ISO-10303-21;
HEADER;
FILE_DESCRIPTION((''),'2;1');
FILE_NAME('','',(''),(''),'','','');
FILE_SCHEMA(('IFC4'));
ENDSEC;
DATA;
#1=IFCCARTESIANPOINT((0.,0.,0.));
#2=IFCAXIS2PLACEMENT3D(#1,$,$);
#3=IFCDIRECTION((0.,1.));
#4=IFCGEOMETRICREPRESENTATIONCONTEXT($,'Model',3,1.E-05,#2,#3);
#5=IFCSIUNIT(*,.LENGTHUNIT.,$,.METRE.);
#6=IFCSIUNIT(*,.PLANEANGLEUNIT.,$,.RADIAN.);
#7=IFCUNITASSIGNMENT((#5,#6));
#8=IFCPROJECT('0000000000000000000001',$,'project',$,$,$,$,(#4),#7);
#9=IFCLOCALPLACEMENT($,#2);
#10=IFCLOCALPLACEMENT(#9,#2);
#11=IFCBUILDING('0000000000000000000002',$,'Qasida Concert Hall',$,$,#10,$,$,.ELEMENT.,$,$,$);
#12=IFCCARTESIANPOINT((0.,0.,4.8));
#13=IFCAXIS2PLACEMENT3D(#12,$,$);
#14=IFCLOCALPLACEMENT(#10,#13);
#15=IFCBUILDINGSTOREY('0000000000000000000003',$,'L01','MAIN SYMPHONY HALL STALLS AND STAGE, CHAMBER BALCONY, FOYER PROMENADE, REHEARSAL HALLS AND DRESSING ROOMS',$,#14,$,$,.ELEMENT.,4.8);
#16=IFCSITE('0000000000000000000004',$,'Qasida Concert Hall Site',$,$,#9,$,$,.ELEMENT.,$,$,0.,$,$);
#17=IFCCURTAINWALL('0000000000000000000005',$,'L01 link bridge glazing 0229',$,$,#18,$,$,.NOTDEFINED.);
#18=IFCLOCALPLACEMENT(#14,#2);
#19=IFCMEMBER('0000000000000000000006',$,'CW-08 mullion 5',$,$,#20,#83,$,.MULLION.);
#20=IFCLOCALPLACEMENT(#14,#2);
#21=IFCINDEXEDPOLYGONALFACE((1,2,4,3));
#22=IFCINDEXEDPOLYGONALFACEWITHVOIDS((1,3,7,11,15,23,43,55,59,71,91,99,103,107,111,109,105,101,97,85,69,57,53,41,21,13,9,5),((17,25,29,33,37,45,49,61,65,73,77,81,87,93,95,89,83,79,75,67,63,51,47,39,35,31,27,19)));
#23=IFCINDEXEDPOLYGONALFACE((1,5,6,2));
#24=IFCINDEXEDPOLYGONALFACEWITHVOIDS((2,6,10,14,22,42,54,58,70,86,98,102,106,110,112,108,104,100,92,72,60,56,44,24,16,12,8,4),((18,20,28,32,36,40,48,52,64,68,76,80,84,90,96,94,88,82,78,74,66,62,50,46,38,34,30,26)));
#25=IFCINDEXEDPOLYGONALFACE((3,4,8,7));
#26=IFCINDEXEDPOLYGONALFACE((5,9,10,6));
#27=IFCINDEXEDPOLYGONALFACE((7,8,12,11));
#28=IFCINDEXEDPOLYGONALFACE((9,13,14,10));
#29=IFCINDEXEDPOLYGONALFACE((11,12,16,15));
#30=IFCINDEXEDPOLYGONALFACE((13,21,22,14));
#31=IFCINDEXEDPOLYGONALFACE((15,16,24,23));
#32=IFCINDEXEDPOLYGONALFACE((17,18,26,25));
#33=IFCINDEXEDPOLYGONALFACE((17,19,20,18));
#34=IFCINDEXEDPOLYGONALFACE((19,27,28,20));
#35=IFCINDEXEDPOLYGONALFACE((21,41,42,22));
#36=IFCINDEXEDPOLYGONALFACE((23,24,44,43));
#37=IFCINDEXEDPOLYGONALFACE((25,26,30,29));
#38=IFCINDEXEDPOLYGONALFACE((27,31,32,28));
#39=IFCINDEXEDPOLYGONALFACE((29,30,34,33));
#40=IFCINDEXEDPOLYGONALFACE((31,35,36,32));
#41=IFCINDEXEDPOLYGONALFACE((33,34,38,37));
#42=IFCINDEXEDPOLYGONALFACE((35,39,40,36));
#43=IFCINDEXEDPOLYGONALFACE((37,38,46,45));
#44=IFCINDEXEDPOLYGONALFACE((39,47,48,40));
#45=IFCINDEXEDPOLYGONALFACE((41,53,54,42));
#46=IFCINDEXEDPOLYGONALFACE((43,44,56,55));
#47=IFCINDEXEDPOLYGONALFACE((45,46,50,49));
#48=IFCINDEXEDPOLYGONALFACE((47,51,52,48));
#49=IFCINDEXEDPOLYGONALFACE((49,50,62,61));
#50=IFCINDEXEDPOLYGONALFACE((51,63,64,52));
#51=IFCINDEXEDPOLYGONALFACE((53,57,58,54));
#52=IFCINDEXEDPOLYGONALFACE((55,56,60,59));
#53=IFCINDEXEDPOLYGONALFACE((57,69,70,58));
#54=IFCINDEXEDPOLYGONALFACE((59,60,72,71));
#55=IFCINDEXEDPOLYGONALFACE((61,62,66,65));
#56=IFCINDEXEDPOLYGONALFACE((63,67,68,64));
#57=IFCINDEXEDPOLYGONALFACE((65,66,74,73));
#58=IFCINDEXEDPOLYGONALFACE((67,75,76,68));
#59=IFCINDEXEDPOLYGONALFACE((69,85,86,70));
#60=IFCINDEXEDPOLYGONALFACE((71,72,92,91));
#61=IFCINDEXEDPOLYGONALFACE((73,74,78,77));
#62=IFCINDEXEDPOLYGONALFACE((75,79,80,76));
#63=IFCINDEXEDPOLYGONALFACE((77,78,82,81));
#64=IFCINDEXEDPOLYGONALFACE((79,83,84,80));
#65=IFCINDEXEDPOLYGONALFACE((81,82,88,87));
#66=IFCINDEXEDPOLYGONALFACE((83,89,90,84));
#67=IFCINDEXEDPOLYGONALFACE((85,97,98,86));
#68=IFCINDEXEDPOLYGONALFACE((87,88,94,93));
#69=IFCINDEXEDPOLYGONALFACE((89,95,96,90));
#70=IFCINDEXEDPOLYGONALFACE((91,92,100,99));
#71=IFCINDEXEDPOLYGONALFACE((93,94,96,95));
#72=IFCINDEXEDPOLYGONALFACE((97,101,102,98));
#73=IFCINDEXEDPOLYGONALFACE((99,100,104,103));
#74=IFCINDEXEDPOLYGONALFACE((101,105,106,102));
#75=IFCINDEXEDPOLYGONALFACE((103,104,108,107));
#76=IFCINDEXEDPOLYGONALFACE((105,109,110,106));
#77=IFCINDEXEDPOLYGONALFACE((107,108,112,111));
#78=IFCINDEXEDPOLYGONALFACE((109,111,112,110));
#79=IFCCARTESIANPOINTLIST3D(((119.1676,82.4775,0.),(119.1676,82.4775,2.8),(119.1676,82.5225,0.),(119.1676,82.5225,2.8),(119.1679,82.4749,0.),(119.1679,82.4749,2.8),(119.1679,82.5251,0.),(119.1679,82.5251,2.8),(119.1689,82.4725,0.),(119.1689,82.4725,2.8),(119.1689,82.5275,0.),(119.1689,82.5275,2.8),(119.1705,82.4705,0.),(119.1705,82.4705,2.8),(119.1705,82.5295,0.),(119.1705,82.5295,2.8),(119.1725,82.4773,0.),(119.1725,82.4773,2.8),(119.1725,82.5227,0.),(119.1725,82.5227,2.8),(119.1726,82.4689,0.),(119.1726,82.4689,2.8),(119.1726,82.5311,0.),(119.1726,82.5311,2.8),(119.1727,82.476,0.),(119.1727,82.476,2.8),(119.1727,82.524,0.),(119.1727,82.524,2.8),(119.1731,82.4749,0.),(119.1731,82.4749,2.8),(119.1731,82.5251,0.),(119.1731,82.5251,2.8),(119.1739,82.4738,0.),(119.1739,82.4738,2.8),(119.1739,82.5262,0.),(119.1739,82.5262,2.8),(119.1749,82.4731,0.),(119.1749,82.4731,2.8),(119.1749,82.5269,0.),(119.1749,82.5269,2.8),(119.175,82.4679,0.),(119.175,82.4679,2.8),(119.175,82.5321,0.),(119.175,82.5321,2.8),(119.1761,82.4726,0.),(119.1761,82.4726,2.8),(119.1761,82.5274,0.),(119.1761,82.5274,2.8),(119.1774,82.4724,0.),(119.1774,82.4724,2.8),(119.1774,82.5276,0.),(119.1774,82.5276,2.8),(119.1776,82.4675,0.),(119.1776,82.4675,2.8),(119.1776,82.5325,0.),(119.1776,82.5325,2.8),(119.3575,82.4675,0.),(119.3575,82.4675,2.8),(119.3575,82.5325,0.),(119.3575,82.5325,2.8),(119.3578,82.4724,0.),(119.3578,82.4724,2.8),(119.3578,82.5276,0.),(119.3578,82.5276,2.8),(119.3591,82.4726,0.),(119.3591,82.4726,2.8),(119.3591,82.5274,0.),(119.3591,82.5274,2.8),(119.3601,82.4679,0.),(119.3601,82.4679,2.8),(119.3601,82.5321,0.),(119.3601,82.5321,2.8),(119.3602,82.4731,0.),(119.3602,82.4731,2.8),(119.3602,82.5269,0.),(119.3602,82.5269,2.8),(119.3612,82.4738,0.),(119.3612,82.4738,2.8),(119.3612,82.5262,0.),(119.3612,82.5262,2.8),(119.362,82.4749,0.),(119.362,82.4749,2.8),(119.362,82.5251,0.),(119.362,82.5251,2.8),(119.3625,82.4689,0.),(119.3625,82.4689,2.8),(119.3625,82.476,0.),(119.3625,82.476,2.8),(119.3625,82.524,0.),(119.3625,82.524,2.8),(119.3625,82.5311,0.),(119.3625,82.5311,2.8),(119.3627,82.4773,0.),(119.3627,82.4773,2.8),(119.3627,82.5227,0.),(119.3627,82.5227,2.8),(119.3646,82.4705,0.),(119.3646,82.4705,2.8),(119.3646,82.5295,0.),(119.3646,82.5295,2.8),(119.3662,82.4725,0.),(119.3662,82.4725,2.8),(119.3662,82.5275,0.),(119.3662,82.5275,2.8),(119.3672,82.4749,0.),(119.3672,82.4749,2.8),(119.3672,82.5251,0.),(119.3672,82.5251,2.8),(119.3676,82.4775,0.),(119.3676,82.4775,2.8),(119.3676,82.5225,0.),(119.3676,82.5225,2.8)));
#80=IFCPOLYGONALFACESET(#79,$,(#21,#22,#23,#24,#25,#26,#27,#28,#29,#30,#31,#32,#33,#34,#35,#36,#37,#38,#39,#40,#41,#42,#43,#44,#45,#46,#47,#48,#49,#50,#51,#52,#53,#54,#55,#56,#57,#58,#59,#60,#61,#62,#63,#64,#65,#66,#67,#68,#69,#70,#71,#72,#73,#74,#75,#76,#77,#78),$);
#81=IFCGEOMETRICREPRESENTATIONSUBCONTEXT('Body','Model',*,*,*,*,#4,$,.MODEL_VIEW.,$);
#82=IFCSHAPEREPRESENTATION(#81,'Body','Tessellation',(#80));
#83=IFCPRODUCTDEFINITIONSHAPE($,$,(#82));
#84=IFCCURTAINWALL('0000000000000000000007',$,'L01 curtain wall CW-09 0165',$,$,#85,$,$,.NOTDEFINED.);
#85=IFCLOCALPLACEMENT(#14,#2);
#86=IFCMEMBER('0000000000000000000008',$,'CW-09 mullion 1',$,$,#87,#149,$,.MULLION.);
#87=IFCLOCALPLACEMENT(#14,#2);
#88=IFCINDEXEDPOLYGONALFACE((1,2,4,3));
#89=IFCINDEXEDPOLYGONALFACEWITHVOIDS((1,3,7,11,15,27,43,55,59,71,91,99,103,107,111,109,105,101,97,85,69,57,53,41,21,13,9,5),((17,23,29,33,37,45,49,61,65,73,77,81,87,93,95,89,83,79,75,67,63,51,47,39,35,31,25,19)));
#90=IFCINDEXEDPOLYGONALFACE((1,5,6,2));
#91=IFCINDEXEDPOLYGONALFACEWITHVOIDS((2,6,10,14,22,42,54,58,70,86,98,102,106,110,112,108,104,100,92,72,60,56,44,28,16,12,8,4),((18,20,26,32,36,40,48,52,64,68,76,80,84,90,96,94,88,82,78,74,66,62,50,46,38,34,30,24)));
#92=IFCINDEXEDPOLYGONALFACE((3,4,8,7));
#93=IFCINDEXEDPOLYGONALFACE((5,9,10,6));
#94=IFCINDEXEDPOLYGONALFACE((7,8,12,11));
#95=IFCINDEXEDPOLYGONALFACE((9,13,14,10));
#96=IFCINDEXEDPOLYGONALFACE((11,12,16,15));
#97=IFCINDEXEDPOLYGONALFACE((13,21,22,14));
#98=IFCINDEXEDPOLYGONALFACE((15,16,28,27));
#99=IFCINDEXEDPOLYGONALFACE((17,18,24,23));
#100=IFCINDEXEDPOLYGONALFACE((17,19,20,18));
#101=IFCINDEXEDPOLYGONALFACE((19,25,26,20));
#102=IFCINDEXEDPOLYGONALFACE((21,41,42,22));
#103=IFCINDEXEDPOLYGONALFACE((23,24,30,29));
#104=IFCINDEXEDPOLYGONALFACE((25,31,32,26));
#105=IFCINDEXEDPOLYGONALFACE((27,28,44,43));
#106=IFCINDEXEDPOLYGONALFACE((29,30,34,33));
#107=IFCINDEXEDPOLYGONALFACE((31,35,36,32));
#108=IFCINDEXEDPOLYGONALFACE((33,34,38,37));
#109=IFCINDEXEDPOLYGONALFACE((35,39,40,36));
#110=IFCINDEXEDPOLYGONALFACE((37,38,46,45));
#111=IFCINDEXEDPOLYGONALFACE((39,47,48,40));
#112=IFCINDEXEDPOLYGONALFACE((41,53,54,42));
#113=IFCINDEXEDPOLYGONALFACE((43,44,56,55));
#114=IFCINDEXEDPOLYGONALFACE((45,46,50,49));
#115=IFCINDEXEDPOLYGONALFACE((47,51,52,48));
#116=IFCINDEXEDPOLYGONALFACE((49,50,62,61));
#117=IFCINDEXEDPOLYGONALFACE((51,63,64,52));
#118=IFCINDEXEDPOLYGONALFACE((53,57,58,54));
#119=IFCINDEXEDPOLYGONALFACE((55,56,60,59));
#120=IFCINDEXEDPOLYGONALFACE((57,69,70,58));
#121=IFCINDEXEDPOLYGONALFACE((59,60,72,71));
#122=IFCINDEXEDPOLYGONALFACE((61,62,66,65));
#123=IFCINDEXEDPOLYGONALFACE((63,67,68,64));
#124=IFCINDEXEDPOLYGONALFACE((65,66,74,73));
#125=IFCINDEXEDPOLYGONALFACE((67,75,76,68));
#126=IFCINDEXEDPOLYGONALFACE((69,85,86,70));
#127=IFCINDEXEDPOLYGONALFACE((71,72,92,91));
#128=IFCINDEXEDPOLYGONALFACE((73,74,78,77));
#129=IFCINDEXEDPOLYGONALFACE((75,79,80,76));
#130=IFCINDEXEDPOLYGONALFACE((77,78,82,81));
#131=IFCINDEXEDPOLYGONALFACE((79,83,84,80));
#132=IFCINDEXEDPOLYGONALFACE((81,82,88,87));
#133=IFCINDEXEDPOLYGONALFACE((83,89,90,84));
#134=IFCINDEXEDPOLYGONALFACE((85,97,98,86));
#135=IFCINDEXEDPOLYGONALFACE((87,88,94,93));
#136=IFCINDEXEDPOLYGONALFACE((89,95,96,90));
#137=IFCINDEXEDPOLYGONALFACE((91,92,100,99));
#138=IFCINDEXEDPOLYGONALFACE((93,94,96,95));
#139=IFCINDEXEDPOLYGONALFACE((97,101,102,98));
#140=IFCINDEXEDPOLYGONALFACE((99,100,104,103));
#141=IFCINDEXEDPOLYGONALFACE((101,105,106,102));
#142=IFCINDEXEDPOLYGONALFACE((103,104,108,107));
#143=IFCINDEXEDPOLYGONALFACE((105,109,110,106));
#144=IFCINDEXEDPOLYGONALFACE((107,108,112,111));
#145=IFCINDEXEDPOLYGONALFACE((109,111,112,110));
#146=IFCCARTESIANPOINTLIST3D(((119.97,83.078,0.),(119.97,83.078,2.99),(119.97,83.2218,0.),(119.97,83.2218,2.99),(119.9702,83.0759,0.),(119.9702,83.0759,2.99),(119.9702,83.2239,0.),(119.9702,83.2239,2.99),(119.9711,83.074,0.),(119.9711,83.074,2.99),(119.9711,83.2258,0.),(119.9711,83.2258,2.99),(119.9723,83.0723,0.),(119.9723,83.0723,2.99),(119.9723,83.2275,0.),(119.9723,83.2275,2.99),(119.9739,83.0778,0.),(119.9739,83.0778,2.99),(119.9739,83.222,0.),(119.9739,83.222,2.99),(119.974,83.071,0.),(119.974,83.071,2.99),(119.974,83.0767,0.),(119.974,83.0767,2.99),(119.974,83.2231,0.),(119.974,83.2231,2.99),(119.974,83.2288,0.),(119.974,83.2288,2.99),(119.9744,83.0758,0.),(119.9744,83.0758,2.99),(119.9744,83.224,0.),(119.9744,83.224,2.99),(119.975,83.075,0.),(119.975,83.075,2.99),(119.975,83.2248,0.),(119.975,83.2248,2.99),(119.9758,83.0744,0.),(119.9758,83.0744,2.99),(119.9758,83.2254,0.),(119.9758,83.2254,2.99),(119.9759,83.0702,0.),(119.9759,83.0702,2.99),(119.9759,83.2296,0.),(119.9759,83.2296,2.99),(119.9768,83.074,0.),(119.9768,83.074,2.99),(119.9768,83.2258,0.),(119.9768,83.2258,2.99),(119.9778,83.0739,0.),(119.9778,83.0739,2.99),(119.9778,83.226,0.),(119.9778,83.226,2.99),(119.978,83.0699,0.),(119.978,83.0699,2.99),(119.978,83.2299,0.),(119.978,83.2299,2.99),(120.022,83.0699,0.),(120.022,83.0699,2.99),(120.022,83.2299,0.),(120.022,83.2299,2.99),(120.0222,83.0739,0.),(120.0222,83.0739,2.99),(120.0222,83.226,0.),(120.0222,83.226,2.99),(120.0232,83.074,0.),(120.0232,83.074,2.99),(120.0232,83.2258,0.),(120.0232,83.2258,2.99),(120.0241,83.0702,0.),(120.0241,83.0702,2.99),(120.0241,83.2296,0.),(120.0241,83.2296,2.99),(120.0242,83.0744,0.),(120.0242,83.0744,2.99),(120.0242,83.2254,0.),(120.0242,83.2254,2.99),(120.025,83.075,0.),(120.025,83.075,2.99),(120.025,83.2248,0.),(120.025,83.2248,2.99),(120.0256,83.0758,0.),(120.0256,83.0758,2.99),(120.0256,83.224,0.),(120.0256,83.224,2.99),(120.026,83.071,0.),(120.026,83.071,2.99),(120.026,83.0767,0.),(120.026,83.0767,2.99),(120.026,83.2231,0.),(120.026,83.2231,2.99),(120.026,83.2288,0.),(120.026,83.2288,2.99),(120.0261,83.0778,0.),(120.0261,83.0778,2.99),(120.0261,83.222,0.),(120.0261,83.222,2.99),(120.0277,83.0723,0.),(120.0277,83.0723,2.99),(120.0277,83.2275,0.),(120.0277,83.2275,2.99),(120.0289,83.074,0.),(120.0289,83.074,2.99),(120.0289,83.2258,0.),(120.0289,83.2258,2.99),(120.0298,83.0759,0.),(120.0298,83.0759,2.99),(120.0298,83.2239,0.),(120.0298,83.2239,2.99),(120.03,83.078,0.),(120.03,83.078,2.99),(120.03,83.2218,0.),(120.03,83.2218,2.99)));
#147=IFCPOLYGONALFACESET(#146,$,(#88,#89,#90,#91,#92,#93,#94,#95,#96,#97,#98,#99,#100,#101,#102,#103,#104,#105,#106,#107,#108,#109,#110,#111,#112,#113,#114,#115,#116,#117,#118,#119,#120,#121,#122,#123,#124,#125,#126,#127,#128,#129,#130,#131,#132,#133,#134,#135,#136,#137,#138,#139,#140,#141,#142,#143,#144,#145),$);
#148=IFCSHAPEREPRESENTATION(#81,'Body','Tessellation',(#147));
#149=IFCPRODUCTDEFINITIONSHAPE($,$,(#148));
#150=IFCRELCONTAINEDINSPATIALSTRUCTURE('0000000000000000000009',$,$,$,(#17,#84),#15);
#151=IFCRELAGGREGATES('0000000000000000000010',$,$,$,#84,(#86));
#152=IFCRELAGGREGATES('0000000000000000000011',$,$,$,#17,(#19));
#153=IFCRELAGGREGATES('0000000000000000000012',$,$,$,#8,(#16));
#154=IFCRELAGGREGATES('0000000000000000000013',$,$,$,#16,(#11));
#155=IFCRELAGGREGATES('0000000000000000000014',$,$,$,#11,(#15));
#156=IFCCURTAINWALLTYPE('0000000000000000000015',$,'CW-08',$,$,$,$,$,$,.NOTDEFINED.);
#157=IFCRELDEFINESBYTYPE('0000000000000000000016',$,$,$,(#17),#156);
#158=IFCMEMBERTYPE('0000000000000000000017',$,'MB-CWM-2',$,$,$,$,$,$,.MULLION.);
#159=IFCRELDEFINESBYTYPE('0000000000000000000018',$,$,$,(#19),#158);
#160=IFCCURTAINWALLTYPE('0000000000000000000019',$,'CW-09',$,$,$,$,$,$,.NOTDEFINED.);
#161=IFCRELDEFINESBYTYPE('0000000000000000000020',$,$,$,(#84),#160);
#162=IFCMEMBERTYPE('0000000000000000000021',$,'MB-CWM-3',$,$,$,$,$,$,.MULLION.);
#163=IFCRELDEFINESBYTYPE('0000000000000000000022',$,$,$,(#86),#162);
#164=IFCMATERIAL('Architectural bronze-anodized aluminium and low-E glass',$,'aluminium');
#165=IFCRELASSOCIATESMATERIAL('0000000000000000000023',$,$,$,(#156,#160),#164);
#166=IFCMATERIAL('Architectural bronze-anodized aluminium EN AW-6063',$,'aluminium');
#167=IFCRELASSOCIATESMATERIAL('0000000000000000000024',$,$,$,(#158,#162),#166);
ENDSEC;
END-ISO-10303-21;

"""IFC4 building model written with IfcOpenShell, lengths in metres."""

from ifc_helpers import new_model, si_unit, direction, frame, origin, origin_2d, place, context, subcontext, project, spatial, hollow_rectangle, extrude, material, material_profile, profile_set, type_object, element, aggregate, save


model = new_model("IFC4")

# Units and contexts
model_context = context("Model", 3, precision=1e-05, world=origin(), true_north=direction((0.0, 1.0)))
body_context = subcontext(model_context, "Body", "Model", "MODEL_VIEW")
ifc_project = project(units=[si_unit("LENGTHUNIT", "METRE"), si_unit("PLANEANGLEUNIT", "RADIAN")], contexts=[model_context])

# Site, building, storey
site_placement = place(None, origin())
site = spatial("IfcSite", under=ifc_project, at=site_placement, Name="Qasida Concert Hall Site", CompositionType="ELEMENT", RefElevation=0.0)
building_placement = place(site_placement, origin())
building = spatial("IfcBuilding", under=site, at=building_placement, Name="Qasida Concert Hall", CompositionType="ELEMENT")
storey_placement = place(building_placement, frame((0.0, 0.0, 4.8)))
storey = spatial("IfcBuildingStorey", under=building, at=storey_placement, Name="L01", Description="MAIN SYMPHONY HALL STALLS AND STAGE, CHAMBER BALCONY, FOYER PROMENADE, REHEARSAL HALLS AND DRESSING ROOMS", CompositionType="ELEMENT", Elevation=4.8)

# Curtain wall, member
ifc_material_1 = material(Name="Architectural bronze-anodized aluminium and low-E glass", Category="aluminium")
curtain_wall_type_1 = type_object("IfcCurtainWallType", Name="CW-08", PredefinedType="NOTDEFINED", material=ifc_material_1)
curtain_wall_1_placement = place(storey_placement, origin())
curtain_wall_1 = element("IfcCurtainWall", 1, at=curtain_wall_1_placement, inside=storey, type_object=curtain_wall_type_1, Name="L01 link bridge glazing 0229", PredefinedType="NOTDEFINED")
ifc_material_2 = material(Name="Architectural bronze-anodized aluminium EN AW-6063", Category="aluminium")
ifc_material_profile_1 = material_profile(ifc_material_2, hollow_rectangle(XDim=0.0649, YDim=0.2, WallThickness=0.0049, InnerFilletRadius=0.0049, OuterFilletRadius=0.01, at=origin_2d()), Name="CWM 200x65x5")
ifc_profile_set_1 = profile_set([ifc_material_profile_1], Name="Architectural bronze-anodized aluminium EN AW-6063")
member_type_1 = type_object("IfcMemberType", Name="MB-CWM-2", PredefinedType="MULLION", material=ifc_profile_set_1)
member_1_placement = place(storey_placement, frame((119.2676, 82.5, 0.0), z_axis=(0.0, 0.0, 1.0), x_axis=(0.0, 1.0, 0.0)))
member_1 = element("IfcMember", 2, at=member_1_placement, type_object=member_type_1, Name="CW-08 mullion 5", PredefinedType="MULLION", context=body_context, shape_type="SweptSolid", body=[
    extrude(hollow_rectangle(XDim=0.0649, YDim=0.2, WallThickness=0.0049, InnerFilletRadius=0.0049, OuterFilletRadius=0.01, at=origin_2d()), origin(), (0.0, 0.0, 1.0), 2.8),
])

# Curtain wall, member
curtain_wall_type_2 = type_object("IfcCurtainWallType", Name="CW-09", PredefinedType="NOTDEFINED", material=ifc_material_1)
curtain_wall_2_placement = place(storey_placement, origin())
curtain_wall_2 = element("IfcCurtainWall", 3, at=curtain_wall_2_placement, inside=storey, type_object=curtain_wall_type_2, Name="L01 curtain wall CW-09 0165", PredefinedType="NOTDEFINED")
ifc_material_profile_2 = material_profile(ifc_material_2, hollow_rectangle(XDim=0.0601, YDim=0.1599, WallThickness=0.0039, InnerFilletRadius=0.0039, OuterFilletRadius=0.0081, at=origin_2d()), Name="CWM 160x60x4")
ifc_profile_set_2 = profile_set([ifc_material_profile_2], Name="Architectural bronze-anodized aluminium EN AW-6063")
member_type_2 = type_object("IfcMemberType", Name="MB-CWM-3", PredefinedType="MULLION", material=ifc_profile_set_2)
member_2_placement = place(storey_placement, frame((120.0, 83.1499, 0.0), z_axis=(0.0, 0.0, 1.0), x_axis=(-1.0, 0.0, 0.0)))
member_2 = element("IfcMember", 4, at=member_2_placement, type_object=member_type_2, Name="CW-09 mullion 1", PredefinedType="MULLION", context=body_context, shape_type="SweptSolid", body=[
    extrude(hollow_rectangle(XDim=0.0601, YDim=0.1599, WallThickness=0.0039, InnerFilletRadius=0.0039, OuterFilletRadius=0.0081, at=origin_2d()), origin(), (0.0, 0.0, 1.0), 2.99),
])

aggregate(curtain_wall_2, [member_2])

aggregate(curtain_wall_1, [member_1])

save(model, "model.ifc")
